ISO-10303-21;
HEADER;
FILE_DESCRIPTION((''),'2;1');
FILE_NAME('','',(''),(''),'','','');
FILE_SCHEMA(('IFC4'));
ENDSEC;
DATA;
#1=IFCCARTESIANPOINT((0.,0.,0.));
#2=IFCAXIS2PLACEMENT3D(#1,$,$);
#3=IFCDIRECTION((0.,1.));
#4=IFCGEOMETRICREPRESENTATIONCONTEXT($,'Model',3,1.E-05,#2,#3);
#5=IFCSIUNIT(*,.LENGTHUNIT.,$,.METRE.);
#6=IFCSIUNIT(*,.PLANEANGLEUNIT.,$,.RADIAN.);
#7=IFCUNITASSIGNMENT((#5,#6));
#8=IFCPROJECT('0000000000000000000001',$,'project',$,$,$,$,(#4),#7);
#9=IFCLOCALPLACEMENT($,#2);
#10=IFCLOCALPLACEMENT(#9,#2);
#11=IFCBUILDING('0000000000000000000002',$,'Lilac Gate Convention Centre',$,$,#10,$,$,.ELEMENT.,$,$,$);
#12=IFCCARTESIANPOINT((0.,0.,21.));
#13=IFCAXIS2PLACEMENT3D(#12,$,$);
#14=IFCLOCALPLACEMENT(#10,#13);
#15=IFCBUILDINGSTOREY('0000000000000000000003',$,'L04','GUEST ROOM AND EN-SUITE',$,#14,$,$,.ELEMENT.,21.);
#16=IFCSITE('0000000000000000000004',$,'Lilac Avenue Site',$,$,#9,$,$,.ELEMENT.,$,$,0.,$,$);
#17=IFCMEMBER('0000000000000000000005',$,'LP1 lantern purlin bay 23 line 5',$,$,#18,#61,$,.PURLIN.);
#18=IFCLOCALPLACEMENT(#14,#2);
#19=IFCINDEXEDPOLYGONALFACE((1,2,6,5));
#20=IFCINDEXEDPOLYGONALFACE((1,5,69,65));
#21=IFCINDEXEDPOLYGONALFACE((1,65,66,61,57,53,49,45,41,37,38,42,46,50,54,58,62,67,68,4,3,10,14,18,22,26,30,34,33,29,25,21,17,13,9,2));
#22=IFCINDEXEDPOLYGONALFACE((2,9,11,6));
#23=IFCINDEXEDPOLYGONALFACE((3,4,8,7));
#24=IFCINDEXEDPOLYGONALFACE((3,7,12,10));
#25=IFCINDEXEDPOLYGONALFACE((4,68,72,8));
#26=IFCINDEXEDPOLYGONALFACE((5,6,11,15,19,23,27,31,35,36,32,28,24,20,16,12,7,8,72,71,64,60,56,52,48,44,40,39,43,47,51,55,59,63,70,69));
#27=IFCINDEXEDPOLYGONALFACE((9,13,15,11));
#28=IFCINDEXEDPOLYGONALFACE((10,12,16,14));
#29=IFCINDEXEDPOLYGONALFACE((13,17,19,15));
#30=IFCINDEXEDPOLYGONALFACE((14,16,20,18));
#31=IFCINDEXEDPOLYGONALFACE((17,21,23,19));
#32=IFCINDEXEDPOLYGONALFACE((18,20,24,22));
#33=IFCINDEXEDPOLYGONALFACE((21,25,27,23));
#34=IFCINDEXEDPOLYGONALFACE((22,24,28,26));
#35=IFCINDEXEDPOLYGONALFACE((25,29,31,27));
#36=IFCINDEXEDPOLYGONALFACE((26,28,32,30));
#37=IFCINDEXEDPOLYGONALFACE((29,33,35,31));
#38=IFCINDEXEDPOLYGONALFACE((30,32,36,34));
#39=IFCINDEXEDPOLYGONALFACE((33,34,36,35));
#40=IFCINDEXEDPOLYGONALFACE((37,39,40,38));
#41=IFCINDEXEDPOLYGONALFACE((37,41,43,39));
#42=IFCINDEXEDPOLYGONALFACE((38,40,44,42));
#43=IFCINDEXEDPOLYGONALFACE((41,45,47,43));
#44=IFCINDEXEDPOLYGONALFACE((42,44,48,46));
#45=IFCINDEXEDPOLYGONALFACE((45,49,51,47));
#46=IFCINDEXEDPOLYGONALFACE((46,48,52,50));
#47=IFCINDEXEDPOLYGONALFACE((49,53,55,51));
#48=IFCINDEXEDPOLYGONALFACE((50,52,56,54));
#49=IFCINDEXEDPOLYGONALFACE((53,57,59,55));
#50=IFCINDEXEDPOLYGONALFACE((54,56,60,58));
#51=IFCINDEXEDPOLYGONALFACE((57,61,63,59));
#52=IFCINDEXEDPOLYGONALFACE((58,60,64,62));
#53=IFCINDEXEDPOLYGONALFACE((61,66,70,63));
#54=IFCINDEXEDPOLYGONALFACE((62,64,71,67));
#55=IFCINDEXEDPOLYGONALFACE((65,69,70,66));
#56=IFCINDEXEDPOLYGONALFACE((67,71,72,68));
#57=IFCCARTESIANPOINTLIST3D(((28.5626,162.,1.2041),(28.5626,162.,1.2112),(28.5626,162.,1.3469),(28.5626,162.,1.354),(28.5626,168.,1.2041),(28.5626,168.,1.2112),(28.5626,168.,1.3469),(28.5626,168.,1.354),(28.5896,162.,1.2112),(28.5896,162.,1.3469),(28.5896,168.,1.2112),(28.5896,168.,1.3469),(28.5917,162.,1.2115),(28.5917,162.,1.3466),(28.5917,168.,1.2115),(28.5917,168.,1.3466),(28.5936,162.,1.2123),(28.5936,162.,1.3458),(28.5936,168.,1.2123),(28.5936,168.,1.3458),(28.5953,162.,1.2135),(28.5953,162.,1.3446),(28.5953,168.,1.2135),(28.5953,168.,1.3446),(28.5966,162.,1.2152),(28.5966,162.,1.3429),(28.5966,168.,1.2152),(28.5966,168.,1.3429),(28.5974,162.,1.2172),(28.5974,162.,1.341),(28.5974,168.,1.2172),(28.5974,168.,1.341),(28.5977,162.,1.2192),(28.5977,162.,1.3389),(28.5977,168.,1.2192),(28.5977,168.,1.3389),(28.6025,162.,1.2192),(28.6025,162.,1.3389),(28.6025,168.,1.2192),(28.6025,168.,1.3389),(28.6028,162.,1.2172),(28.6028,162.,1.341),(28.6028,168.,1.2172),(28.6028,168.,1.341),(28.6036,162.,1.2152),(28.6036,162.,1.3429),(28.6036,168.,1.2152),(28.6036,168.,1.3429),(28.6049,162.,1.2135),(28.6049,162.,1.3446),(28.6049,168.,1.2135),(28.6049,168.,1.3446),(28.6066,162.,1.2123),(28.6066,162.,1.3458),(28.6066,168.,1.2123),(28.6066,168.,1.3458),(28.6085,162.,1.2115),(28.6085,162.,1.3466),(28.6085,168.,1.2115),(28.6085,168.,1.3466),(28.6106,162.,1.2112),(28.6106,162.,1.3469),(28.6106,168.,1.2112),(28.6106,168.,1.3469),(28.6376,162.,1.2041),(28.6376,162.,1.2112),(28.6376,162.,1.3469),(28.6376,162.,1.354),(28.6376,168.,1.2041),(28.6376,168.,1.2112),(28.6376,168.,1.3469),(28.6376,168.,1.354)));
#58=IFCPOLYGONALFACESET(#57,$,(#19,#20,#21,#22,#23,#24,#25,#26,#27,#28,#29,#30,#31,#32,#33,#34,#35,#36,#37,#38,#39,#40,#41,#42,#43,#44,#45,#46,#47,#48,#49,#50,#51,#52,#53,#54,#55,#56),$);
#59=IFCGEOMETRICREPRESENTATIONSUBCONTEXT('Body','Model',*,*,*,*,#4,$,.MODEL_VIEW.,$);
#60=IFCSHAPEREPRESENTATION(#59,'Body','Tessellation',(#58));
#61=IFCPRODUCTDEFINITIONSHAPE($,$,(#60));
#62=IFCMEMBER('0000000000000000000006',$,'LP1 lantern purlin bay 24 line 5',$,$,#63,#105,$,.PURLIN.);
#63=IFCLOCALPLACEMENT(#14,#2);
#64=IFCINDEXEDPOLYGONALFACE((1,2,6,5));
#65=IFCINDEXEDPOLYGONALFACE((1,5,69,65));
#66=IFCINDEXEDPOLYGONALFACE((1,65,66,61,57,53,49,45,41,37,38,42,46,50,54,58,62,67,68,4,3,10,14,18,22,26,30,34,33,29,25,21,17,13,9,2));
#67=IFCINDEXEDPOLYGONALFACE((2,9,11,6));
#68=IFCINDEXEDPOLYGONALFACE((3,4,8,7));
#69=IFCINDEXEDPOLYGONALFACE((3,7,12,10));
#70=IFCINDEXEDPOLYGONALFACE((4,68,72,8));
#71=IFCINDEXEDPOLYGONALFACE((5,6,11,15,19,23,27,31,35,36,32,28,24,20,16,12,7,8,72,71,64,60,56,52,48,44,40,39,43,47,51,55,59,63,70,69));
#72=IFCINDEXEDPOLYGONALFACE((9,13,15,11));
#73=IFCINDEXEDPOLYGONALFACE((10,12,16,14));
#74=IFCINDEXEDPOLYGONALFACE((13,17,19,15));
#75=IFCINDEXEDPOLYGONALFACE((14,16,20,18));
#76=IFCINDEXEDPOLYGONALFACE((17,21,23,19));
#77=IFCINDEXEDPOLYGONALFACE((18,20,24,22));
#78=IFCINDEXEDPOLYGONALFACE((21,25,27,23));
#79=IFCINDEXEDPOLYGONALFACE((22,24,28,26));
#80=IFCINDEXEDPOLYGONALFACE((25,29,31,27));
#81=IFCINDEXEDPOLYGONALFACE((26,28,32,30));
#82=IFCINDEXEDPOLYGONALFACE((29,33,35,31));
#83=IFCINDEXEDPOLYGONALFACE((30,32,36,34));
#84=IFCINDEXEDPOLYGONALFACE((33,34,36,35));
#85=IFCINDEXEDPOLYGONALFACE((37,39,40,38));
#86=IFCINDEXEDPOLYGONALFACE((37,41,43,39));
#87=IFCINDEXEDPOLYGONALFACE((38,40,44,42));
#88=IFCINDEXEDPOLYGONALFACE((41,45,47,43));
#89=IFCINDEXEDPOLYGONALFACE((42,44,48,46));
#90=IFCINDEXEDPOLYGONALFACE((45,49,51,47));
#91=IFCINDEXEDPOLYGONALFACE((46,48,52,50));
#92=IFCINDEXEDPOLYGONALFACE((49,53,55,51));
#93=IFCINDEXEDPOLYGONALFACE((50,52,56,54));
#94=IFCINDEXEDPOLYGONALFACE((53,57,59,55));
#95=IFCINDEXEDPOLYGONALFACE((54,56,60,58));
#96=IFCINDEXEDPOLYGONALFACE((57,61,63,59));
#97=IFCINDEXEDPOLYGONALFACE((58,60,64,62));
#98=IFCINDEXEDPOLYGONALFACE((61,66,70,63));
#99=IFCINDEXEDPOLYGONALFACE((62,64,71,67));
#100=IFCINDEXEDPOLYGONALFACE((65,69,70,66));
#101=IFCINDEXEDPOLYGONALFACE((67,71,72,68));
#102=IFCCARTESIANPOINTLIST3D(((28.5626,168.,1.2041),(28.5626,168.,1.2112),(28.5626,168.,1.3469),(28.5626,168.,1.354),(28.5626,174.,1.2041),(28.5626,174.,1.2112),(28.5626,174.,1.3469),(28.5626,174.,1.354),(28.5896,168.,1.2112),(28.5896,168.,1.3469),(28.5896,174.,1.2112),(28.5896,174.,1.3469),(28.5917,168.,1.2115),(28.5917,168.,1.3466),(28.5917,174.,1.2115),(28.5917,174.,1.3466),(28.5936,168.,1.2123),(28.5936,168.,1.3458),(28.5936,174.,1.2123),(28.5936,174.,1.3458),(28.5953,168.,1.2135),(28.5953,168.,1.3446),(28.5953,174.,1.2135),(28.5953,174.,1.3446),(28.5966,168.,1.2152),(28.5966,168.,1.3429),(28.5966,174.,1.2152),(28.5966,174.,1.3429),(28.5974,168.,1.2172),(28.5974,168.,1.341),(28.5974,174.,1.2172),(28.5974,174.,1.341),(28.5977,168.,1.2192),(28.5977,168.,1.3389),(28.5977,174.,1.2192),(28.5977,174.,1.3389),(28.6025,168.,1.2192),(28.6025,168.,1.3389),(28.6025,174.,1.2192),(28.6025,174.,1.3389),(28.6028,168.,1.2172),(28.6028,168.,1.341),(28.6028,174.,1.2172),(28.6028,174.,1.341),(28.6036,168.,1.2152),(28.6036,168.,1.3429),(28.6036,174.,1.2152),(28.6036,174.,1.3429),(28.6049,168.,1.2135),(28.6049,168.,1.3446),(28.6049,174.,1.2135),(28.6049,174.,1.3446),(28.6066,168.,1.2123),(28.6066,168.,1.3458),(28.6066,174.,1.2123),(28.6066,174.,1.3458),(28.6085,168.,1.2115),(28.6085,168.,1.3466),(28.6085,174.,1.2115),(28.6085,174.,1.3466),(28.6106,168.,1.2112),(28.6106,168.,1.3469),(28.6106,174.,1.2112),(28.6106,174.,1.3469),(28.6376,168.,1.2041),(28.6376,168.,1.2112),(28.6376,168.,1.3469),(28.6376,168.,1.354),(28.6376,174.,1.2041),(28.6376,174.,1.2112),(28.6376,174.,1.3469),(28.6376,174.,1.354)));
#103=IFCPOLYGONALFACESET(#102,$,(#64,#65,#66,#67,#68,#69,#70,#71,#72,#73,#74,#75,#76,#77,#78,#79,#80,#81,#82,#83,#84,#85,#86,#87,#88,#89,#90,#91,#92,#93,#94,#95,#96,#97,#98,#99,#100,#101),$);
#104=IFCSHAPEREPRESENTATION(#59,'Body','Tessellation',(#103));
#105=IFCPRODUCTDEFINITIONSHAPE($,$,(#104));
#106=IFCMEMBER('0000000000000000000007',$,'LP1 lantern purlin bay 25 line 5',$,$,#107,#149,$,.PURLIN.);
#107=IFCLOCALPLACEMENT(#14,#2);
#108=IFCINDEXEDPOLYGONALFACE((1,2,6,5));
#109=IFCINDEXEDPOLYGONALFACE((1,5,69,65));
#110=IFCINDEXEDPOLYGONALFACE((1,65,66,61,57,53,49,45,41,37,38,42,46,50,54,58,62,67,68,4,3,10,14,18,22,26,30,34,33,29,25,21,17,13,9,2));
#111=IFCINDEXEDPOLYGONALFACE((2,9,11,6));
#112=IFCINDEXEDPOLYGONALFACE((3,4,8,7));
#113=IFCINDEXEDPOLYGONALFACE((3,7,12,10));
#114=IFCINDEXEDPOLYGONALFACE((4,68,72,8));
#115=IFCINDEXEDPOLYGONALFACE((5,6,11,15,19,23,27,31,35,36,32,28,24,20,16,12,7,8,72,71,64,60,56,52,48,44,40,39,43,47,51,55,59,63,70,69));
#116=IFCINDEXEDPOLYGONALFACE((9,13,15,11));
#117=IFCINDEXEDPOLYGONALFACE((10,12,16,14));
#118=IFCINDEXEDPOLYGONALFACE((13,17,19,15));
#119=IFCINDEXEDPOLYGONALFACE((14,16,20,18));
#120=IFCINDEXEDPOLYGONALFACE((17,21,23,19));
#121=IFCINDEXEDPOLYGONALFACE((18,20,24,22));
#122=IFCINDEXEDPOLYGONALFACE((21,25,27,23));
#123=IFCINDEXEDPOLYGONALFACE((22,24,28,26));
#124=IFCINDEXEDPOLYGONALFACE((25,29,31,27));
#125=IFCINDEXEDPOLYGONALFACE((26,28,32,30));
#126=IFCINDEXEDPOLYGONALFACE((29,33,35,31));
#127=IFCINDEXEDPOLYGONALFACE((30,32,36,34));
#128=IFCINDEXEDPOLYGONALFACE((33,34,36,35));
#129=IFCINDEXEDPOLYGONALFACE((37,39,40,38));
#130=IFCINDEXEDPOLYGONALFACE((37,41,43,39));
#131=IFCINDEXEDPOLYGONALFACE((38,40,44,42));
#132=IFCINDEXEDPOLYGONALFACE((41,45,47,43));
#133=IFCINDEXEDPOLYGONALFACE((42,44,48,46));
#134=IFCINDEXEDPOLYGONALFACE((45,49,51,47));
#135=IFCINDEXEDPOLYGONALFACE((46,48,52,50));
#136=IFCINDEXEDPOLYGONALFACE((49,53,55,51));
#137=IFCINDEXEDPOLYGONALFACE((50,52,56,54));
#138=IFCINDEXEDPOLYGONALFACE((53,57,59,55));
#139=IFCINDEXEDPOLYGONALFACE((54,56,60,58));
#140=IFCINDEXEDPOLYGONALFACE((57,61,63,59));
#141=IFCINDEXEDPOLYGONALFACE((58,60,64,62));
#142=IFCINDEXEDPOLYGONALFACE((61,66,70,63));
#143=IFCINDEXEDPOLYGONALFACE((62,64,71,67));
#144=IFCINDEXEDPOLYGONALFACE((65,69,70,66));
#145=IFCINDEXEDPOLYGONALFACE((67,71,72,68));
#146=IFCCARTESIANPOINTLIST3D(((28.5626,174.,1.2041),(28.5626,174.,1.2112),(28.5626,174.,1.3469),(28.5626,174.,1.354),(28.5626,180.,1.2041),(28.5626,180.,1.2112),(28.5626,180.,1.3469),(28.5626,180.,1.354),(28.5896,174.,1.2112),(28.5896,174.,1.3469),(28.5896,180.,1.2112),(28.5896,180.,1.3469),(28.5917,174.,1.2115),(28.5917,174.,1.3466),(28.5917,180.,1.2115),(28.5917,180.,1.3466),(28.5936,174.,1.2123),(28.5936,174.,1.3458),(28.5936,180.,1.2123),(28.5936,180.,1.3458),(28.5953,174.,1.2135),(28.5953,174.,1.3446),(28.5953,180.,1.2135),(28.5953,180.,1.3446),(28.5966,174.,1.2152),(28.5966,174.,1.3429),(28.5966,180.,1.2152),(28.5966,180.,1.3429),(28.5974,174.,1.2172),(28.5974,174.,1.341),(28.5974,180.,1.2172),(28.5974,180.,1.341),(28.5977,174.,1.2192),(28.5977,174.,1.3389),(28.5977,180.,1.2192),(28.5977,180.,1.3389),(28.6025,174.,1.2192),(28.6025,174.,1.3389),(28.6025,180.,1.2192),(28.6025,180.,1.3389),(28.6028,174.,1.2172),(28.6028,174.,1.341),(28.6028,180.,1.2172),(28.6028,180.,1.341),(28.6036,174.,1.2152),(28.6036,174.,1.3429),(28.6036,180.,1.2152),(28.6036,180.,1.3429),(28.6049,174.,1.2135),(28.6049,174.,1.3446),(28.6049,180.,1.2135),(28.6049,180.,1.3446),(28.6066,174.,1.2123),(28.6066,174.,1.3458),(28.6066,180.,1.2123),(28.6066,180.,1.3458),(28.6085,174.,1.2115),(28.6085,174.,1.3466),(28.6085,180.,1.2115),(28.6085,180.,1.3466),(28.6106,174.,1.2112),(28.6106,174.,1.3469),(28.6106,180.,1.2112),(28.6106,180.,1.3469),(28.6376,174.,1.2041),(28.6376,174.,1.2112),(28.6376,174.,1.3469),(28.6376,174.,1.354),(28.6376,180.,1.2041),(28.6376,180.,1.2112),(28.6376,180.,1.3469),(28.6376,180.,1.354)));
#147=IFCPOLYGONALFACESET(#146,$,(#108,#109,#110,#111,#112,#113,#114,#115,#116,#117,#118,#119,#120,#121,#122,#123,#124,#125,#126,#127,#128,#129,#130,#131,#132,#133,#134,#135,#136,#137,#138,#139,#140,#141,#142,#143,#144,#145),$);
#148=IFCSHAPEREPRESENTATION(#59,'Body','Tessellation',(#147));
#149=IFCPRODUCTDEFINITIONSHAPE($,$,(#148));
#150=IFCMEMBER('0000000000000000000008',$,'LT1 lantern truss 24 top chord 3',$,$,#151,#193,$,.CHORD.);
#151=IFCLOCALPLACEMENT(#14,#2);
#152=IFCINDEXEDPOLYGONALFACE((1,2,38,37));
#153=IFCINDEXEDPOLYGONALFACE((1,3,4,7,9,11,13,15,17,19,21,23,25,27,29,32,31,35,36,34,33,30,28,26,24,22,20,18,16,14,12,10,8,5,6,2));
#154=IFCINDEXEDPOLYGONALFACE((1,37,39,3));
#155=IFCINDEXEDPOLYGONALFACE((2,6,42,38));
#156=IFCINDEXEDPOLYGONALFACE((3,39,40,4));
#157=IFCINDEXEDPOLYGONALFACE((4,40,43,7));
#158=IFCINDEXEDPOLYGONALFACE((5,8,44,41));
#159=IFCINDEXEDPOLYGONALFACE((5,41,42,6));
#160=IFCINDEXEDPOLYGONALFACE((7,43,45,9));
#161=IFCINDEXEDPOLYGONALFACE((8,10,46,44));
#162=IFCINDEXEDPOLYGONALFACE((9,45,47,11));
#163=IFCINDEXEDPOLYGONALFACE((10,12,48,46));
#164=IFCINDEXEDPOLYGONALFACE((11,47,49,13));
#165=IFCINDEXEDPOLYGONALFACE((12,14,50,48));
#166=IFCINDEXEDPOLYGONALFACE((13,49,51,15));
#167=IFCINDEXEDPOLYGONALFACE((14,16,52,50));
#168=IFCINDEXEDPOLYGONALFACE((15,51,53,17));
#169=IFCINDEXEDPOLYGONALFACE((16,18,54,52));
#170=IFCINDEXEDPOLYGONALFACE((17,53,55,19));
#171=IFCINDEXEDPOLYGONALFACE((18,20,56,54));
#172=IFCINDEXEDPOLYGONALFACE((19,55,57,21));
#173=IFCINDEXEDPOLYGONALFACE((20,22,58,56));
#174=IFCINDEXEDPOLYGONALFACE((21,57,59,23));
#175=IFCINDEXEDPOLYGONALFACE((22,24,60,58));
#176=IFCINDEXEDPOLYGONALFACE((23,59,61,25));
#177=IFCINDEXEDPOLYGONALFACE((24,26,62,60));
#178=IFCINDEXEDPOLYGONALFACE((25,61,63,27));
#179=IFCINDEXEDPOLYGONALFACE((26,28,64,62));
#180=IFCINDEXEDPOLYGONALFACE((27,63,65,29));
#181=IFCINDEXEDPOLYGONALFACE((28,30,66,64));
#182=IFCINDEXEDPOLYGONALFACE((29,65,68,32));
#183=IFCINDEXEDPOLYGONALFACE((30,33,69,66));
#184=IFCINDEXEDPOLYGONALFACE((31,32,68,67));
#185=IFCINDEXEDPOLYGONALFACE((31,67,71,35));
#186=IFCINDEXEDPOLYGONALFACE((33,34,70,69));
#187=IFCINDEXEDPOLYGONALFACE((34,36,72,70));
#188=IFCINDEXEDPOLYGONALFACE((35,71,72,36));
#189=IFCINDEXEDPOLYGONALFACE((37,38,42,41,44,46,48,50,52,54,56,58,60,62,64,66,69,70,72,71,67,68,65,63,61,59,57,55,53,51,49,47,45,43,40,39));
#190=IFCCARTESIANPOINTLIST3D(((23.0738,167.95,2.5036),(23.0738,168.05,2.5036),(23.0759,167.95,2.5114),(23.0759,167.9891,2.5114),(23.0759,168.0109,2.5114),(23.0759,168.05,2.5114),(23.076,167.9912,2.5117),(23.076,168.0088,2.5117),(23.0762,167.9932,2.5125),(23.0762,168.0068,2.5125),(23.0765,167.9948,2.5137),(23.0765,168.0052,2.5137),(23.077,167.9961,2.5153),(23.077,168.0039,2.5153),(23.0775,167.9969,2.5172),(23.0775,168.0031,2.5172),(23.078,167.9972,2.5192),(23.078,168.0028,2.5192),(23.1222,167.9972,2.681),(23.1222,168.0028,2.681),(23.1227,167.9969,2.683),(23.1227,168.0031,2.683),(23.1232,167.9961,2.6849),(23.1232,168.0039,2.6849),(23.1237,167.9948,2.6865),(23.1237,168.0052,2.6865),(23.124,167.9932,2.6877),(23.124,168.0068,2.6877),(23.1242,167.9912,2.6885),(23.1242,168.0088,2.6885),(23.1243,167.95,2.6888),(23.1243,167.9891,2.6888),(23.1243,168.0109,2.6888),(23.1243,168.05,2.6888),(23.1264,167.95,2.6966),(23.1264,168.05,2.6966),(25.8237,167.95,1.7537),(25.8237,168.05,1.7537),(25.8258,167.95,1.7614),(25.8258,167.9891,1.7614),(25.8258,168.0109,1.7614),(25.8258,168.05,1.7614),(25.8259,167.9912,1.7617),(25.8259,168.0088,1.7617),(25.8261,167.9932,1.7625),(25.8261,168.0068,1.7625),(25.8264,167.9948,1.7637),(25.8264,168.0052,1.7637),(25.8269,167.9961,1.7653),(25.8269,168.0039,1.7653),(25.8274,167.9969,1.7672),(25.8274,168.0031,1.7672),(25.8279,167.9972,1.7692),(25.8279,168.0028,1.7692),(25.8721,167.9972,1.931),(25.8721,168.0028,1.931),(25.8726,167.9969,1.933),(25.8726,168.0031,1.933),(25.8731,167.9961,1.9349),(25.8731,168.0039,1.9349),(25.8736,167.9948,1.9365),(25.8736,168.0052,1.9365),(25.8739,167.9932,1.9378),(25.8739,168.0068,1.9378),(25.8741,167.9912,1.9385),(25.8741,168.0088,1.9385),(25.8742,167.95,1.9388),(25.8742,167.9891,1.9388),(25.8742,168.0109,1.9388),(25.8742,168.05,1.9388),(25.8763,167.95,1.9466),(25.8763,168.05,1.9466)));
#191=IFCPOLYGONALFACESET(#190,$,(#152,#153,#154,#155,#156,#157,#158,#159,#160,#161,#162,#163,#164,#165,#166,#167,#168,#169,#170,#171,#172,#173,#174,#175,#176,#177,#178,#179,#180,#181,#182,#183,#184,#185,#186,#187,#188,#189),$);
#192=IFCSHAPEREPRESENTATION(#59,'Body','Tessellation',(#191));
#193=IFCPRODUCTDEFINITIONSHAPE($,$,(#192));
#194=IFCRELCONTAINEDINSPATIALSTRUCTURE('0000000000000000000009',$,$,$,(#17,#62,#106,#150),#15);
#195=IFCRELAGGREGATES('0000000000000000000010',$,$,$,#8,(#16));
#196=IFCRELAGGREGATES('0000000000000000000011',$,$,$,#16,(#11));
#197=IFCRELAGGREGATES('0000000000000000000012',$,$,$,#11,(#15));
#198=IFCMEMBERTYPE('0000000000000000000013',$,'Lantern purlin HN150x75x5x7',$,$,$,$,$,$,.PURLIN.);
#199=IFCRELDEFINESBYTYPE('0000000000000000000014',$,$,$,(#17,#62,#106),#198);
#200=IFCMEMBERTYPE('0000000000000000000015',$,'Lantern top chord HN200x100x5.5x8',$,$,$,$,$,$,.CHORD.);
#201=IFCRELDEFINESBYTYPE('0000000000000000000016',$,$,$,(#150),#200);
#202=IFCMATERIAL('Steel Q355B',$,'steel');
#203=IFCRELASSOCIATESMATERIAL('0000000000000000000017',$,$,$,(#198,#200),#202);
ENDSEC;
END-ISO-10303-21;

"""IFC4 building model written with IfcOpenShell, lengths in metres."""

from ifc_helpers import new_model, si_unit, direction, frame, origin, origin_2d, place, context, subcontext, project, spatial, i_section, extrude, material, material_profile, profile_set, type_object, element, save


model = new_model("IFC4")

# Units and contexts
model_context = context("Model", 3, precision=1e-05, world=origin(), true_north=direction((0.0, 1.0)))
body_context = subcontext(model_context, "Body", "Model", "MODEL_VIEW")
ifc_project = project(units=[si_unit("LENGTHUNIT", "METRE"), si_unit("PLANEANGLEUNIT", "RADIAN")], contexts=[model_context])

# Site, building, storey
site_placement = place(None, origin())
site = spatial("IfcSite", under=ifc_project, at=site_placement, Name="Lilac Avenue Site", CompositionType="ELEMENT", RefElevation=0.0)
building_placement = place(site_placement, origin())
building = spatial("IfcBuilding", under=site, at=building_placement, Name="Lilac Gate Convention Centre", CompositionType="ELEMENT")
storey_placement = place(building_placement, frame((0.0, 0.0, 21.0)))
storey = spatial("IfcBuildingStorey", under=building, at=storey_placement, Name="L04", Description="GUEST ROOM AND EN-SUITE", CompositionType="ELEMENT", Elevation=21.0)

# Members
ifc_material_1 = material(Name="Steel Q355B", Category="steel")
ifc_material_profile_1 = material_profile(ifc_material_1, i_section(OverallWidth=0.075, OverallDepth=0.1499, WebThickness=0.0049, FlangeThickness=0.0071, FilletRadius=0.0081, at=origin_2d()), Name="HN150x75x5x7")
ifc_profile_set_1 = profile_set([ifc_material_profile_1], Name="Steel Q355B")
member_type_1 = type_object("IfcMemberType", Name="Lantern purlin HN150x75x5x7", PredefinedType="PURLIN", material=ifc_profile_set_1)
for number, where, z_axis, x_axis, name in (
    (1, (28.6001, 162.0, 1.2791), (0.0, 1.0, 0.0), (-1.0, 0.0, 0.0), "LP1 lantern purlin bay 23 line 5"),
    (2, (28.6001, 168.0, 1.2791), (0.0, 1.0, 0.0), (-1.0, 0.0, 0.0), "LP1 lantern purlin bay 24 line 5"),
    (3, (28.6001, 174.0, 1.2791), (0.0, 1.0, 0.0), (-1.0, 0.0, 0.0), "LP1 lantern purlin bay 25 line 5"),
):
    element("IfcMember", number, at=place(storey_placement, frame(where, z_axis=z_axis, x_axis=x_axis)), inside=storey, type_object=member_type_1, Name=name, PredefinedType="PURLIN", context=body_context, shape_type="SweptSolid", body=[
        extrude(i_section(OverallWidth=0.075, OverallDepth=0.1499, WebThickness=0.0049, FlangeThickness=0.0071, FilletRadius=0.0081, at=origin_2d()), origin(), (0.0, 0.0, 1.0), 6.0),
    ])
ifc_material_profile_2 = material_profile(ifc_material_1, i_section(OverallWidth=0.1001, OverallDepth=0.2, WebThickness=0.0056, FlangeThickness=0.0081, FilletRadius=0.0081, at=origin_2d()), Name="HN200x100x5.5x8")
ifc_profile_set_2 = profile_set([ifc_material_profile_2], Name="Steel Q355B")
member_type_2 = type_object("IfcMemberType", Name="Lantern top chord HN200x100x5.5x8", PredefinedType="CHORD", material=ifc_profile_set_2)
for number, where, z_axis, x_axis, name in (
    (4, (23.1001, 168.0, 2.6001), (0.964764, 0.0, -0.263117), (0.0, 1.0, 0.0), "LT1 lantern truss 24 top chord 3"),
):
    element("IfcMember", number, at=place(storey_placement, frame(where, z_axis=z_axis, x_axis=x_axis)), inside=storey, type_object=member_type_2, Name=name, PredefinedType="CHORD", context=body_context, shape_type="SweptSolid", body=[
        extrude(i_section(OverallWidth=0.1001, OverallDepth=0.2, WebThickness=0.0056, FlangeThickness=0.0081, FilletRadius=0.0081, at=origin_2d()), origin(), (0.0, 0.0, 1.0), 2.8503),
    ])

save(model, "model.ifc")
